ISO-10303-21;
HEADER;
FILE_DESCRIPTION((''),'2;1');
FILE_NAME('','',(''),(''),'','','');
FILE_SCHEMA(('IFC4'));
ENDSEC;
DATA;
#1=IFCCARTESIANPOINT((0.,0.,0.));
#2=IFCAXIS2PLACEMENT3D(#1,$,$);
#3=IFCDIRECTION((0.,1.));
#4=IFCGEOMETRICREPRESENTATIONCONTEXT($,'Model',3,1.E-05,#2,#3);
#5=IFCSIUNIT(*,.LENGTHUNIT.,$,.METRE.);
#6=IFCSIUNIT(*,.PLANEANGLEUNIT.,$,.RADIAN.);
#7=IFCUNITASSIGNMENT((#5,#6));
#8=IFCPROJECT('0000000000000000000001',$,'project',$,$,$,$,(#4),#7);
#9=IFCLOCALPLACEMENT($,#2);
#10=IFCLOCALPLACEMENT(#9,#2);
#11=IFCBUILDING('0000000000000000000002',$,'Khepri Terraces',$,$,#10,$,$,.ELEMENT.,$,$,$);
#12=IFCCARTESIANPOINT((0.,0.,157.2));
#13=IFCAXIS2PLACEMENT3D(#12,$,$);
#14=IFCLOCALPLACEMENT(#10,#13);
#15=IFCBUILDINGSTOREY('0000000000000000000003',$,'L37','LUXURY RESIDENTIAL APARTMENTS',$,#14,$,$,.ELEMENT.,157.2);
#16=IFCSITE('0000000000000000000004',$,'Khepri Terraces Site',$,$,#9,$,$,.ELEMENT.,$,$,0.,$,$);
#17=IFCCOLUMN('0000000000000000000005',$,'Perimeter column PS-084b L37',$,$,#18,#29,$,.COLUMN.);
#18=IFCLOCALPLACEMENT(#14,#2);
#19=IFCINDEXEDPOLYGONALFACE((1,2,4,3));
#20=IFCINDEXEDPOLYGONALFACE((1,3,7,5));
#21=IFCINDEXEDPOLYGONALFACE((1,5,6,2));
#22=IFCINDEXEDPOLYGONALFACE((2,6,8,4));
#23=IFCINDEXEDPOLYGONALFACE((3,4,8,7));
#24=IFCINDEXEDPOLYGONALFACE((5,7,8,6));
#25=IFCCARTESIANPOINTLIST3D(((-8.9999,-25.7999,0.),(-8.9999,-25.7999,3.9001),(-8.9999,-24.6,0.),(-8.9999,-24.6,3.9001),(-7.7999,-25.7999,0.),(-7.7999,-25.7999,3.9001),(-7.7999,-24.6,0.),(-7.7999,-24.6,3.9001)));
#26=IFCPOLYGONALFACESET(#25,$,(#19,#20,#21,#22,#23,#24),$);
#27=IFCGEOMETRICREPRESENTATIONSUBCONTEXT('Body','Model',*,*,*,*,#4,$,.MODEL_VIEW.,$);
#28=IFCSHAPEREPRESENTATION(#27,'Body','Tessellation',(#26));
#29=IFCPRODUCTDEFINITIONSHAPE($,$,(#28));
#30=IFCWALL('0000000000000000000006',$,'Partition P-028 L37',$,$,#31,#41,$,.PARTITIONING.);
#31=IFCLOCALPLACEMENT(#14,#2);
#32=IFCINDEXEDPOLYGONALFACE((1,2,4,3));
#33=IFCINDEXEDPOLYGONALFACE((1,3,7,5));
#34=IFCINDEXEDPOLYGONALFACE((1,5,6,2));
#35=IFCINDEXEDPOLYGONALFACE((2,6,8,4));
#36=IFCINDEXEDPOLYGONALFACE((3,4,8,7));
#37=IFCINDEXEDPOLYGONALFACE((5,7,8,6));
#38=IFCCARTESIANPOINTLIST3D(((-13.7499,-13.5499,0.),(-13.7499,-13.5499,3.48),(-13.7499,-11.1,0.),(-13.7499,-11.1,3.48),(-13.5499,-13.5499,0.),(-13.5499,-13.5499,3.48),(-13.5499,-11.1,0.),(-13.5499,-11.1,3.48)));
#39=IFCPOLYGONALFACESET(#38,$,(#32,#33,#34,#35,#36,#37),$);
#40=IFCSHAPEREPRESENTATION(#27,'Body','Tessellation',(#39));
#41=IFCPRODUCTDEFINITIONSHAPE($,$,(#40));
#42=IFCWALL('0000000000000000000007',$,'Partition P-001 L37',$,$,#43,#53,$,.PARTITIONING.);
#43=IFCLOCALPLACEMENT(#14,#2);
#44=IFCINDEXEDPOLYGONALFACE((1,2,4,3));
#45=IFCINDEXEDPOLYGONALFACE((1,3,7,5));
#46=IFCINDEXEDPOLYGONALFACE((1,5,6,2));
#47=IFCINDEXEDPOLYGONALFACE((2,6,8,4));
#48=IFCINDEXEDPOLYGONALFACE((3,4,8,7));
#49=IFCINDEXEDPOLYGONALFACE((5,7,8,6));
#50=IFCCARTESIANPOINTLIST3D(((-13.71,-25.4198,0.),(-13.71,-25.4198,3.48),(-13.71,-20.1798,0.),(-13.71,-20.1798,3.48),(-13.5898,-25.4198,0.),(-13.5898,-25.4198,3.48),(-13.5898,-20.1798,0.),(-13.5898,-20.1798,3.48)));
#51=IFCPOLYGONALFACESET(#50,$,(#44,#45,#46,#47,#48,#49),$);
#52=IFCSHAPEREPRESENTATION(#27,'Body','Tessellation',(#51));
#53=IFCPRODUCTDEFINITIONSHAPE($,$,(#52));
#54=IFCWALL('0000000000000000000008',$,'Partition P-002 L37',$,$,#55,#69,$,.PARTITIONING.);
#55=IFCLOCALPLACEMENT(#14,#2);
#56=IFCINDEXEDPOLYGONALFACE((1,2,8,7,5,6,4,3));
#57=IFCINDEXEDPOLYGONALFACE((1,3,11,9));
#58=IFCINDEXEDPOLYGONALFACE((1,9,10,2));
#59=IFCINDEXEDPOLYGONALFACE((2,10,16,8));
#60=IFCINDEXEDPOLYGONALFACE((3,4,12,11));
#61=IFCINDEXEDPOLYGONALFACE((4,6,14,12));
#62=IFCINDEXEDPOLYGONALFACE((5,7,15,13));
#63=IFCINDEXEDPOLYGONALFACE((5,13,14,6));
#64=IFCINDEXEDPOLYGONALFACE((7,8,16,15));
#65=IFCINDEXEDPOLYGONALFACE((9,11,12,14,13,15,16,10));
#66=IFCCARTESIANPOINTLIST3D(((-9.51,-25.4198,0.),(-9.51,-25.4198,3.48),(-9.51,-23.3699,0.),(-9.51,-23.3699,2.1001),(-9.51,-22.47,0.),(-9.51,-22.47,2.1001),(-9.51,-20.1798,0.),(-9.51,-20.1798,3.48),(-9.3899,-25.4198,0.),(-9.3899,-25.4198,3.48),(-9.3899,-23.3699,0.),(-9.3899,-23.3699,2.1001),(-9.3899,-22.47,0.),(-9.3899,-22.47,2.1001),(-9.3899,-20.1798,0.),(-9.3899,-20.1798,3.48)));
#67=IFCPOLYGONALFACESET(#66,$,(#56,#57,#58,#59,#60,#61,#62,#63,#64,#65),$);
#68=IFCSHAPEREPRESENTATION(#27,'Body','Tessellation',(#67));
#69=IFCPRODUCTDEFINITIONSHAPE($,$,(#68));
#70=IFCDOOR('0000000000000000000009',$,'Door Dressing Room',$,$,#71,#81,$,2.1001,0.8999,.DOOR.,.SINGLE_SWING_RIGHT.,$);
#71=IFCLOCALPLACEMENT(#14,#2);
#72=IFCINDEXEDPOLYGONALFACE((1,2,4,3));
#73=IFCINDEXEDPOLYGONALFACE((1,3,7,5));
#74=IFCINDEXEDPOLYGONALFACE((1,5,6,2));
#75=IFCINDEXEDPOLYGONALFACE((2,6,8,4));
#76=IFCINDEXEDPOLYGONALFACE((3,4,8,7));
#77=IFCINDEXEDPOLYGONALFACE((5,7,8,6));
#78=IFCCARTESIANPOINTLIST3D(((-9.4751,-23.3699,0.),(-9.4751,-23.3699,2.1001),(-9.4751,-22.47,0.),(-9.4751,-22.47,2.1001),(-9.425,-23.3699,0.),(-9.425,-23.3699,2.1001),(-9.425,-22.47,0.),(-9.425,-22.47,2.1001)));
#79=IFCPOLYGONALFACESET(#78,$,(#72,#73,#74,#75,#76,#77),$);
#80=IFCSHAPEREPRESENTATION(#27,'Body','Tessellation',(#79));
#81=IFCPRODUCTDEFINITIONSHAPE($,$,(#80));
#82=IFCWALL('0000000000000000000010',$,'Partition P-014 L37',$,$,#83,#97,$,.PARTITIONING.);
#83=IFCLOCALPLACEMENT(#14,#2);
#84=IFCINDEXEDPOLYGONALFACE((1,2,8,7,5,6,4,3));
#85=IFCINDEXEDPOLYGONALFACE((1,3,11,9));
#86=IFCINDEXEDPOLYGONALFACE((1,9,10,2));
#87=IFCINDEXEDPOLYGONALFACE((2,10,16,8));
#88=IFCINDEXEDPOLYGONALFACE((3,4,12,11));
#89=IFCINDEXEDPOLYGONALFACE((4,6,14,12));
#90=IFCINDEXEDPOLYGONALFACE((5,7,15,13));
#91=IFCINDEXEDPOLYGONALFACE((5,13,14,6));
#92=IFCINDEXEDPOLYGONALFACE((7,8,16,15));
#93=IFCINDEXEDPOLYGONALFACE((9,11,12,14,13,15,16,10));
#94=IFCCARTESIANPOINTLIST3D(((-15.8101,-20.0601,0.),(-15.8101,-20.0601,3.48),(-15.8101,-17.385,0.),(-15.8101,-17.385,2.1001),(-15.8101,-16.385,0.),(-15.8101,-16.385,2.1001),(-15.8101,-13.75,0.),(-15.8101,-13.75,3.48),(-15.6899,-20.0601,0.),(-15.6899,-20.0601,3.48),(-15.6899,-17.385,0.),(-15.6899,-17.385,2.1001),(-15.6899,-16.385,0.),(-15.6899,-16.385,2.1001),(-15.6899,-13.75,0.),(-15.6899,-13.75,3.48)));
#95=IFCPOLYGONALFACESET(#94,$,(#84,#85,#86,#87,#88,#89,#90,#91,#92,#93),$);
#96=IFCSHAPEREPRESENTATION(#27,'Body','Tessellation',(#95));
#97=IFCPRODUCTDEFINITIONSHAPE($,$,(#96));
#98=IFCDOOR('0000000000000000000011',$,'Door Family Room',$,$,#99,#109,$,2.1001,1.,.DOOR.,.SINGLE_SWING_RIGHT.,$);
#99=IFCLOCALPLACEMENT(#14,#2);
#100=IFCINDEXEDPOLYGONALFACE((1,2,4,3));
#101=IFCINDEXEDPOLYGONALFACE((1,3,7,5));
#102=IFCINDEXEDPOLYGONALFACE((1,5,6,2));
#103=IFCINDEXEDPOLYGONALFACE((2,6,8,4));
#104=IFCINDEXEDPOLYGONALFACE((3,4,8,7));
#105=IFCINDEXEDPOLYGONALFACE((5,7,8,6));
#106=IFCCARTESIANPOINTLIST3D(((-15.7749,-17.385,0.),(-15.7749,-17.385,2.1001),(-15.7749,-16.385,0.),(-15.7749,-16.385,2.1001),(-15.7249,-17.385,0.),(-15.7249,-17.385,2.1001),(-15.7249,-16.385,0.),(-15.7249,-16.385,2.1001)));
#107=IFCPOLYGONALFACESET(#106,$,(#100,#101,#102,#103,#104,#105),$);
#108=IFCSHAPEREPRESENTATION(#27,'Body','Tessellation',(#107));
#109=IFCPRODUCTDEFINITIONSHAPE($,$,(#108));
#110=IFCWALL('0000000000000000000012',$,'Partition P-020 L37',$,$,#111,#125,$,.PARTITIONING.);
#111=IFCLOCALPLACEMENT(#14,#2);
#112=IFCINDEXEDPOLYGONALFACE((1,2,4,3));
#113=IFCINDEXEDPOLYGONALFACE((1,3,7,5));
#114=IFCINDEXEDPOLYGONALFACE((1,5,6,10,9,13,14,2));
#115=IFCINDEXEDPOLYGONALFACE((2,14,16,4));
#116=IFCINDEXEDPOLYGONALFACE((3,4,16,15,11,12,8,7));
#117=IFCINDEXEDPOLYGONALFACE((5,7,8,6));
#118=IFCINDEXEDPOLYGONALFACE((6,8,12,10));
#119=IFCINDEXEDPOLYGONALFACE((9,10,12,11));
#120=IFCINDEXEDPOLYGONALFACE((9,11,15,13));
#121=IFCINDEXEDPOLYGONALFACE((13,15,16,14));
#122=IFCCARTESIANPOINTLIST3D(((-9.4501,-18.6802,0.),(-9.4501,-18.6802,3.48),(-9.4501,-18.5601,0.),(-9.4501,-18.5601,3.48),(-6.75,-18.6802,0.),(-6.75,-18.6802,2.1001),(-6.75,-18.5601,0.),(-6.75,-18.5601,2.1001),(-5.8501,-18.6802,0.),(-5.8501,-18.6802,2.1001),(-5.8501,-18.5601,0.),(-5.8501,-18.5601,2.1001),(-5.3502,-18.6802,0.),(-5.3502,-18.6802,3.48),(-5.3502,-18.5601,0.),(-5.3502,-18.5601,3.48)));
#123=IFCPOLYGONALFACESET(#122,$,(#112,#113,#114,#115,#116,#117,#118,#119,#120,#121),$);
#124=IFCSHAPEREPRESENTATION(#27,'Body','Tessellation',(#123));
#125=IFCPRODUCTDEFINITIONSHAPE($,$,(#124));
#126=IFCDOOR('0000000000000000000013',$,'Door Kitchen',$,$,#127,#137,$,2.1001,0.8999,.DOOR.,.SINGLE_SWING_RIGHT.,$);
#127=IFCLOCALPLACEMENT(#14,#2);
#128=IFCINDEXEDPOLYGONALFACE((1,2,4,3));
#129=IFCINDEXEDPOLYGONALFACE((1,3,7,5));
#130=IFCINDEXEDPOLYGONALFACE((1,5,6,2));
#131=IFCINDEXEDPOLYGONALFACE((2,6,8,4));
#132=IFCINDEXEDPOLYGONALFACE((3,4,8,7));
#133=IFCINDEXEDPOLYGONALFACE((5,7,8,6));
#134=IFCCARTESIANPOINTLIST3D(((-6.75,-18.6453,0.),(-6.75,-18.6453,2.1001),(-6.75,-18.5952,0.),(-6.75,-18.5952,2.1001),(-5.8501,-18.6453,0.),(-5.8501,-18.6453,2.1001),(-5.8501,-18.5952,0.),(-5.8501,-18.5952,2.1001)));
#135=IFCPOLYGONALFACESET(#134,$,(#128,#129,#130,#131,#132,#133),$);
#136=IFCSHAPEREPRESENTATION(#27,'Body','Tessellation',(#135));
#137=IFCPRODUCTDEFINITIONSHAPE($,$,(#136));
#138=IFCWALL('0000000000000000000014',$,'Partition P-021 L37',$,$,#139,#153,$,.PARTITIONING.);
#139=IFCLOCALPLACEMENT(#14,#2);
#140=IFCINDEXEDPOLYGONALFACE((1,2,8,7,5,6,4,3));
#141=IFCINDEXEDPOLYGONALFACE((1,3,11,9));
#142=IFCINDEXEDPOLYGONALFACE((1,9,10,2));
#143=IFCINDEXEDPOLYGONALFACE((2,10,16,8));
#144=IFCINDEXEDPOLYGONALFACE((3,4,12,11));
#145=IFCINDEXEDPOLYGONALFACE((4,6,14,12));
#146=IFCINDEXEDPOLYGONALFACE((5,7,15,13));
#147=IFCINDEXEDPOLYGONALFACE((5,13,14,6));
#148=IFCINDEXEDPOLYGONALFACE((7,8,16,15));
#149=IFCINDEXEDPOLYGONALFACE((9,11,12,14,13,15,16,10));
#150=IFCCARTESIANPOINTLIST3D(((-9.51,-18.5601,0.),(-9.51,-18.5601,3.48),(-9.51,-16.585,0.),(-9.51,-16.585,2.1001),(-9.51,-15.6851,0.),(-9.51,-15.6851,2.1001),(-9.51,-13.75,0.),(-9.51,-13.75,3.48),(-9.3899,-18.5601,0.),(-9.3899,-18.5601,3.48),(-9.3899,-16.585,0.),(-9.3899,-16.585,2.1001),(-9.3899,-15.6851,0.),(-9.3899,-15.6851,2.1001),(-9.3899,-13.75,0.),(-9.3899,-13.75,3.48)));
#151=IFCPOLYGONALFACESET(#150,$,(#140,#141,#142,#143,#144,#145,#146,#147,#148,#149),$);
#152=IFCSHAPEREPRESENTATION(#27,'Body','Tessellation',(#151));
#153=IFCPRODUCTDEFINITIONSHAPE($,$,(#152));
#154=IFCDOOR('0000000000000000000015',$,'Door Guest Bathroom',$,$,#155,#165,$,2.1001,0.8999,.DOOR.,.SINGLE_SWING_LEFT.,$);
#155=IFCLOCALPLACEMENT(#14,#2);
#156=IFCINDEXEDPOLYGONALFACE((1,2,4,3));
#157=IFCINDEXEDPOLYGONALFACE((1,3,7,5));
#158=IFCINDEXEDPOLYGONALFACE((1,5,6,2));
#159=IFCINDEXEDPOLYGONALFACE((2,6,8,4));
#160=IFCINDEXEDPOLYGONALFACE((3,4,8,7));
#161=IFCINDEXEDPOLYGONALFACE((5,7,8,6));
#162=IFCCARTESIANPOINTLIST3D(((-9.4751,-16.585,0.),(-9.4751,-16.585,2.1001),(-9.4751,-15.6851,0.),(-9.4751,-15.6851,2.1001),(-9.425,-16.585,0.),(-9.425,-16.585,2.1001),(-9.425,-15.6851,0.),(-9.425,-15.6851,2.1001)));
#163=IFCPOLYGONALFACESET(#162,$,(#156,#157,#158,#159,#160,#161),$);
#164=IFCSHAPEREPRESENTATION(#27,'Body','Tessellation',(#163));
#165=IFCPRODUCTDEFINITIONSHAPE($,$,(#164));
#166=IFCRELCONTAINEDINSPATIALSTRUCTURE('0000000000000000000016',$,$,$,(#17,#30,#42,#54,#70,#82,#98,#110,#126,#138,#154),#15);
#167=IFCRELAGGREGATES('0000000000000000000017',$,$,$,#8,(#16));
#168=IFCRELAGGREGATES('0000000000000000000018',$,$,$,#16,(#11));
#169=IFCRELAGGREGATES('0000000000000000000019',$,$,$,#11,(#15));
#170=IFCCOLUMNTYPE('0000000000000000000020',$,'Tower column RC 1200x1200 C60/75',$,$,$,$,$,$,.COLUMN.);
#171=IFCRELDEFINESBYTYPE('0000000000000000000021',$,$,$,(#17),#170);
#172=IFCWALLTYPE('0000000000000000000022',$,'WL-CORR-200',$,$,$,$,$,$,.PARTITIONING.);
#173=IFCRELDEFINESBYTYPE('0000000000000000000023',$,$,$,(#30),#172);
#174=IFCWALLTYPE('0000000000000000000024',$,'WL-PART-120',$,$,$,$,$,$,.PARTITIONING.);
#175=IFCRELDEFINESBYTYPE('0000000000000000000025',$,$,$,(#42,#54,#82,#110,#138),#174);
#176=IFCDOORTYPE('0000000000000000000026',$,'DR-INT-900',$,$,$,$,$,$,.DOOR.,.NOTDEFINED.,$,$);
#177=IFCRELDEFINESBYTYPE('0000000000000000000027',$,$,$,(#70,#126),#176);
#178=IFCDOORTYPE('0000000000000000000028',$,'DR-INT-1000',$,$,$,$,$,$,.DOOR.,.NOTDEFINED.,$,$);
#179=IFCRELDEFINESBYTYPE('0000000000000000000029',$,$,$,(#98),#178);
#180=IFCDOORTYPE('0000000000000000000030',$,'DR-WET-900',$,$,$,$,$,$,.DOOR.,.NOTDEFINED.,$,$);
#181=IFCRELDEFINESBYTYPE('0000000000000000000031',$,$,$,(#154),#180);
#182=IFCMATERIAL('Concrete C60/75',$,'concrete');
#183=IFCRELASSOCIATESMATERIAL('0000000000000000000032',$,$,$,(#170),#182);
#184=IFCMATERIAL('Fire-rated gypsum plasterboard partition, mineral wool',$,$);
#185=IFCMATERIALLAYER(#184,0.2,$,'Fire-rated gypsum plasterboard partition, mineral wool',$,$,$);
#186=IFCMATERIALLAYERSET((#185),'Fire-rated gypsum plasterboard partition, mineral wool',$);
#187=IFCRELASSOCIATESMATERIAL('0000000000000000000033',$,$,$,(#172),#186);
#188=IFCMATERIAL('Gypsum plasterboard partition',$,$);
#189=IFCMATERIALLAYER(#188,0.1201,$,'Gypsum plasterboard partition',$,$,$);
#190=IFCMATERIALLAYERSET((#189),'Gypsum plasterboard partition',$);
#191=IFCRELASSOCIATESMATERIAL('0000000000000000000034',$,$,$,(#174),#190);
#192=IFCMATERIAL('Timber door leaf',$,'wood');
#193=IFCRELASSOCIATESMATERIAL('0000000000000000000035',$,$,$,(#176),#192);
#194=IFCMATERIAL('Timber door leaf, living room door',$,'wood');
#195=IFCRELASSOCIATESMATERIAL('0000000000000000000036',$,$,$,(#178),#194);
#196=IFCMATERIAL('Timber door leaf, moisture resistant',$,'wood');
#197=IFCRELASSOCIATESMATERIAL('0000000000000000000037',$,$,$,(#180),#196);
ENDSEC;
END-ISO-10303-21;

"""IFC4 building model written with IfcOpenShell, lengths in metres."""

from ifc_helpers import new_model, si_unit, direction, frame, frame_2d, origin, origin_2d, place, context, subcontext, project, spatial, rectangle, extrude, material, layer, layer_set, material_profile, profile_set, type_object, element, fill, save


model = new_model("IFC4")

# Units and contexts
model_context = context("Model", 3, precision=1e-05, world=origin(), true_north=direction((0.0, 1.0)))
body_context = subcontext(model_context, "Body", "Model", "MODEL_VIEW")
ifc_project = project(units=[si_unit("LENGTHUNIT", "METRE"), si_unit("PLANEANGLEUNIT", "RADIAN")], contexts=[model_context])

# Site, building, storey
site_placement = place(None, origin())
site = spatial("IfcSite", under=ifc_project, at=site_placement, Name="Khepri Terraces Site", CompositionType="ELEMENT", RefElevation=0.0)
building_placement = place(site_placement, origin())
building = spatial("IfcBuilding", under=site, at=building_placement, Name="Khepri Terraces", CompositionType="ELEMENT")
storey_placement = place(building_placement, frame((0.0, 0.0, 157.2)))
storey = spatial("IfcBuildingStorey", under=building, at=storey_placement, Name="L37", Description="LUXURY RESIDENTIAL APARTMENTS", CompositionType="ELEMENT", Elevation=157.2)

# Column
ifc_material_1 = material(Name="Concrete C60/75", Category="concrete")
ifc_material_profile = material_profile(ifc_material_1, rectangle(XDim=1.2, YDim=1.2, at=origin_2d()), Name="Concrete C60/75", Category="concrete")
ifc_profile_set = profile_set([ifc_material_profile], Name="Concrete C60/75")
column_type = type_object("IfcColumnType", Name="Tower column RC 1200x1200 C60/75", PredefinedType="COLUMN", material=ifc_profile_set)
column_placement = place(storey_placement, frame((-8.3999, -25.2, 0.0), z_axis=(0.0, 0.0, 1.0), x_axis=(1.0, 0.0, 0.0)))
element("IfcColumn", 1, at=column_placement, inside=storey, type_object=column_type, Name="Perimeter column PS-084b L37", PredefinedType="COLUMN", context=body_context, shape_type="SweptSolid", body=[
    extrude(rectangle(XDim=1.2, YDim=1.2, at=origin_2d()), origin(), (0.0, 0.0, 1.0), 3.9001),
])

# Wall
ifc_material_2 = material(Name="Fire-rated gypsum plasterboard partition, mineral wool")
ifc_layer_1 = layer(ifc_material_2, 0.2, Name="Fire-rated gypsum plasterboard partition, mineral wool")
ifc_layer_set_1 = layer_set([ifc_layer_1], Name="Fire-rated gypsum plasterboard partition, mineral wool")
wall_type_1 = type_object("IfcWallType", Name="WL-CORR-200", PredefinedType="PARTITIONING", material=ifc_layer_set_1)
wall_1_placement = place(storey_placement, frame((-13.6499, -13.55, 0.0), z_axis=(0.0, 0.0, 1.0), x_axis=(0.0, 1.0, 0.0)))
element("IfcWall", 2, at=wall_1_placement, inside=storey, type_object=wall_type_1, Name="Partition P-028 L37", PredefinedType="PARTITIONING", context=body_context, shape_type="SweptSolid", body=[
    extrude(rectangle(XDim=2.45, YDim=0.2, at=frame_2d((1.2251, 0.0))), origin(), (0.0, 0.0, 1.0), 3.48),
])

# Wall
ifc_material_3 = material(Name="Gypsum plasterboard partition")
ifc_layer_2 = layer(ifc_material_3, 0.1201, Name="Gypsum plasterboard partition")
ifc_layer_set_2 = layer_set([ifc_layer_2], Name="Gypsum plasterboard partition")
wall_type_2 = type_object("IfcWallType", Name="WL-PART-120", PredefinedType="PARTITIONING", material=ifc_layer_set_2)
wall_2_placement = place(storey_placement, frame((-13.6499, -25.4199, 0.0), z_axis=(0.0, 0.0, 1.0), x_axis=(0.0, 1.0, 0.0)))
element("IfcWall", 3, at=wall_2_placement, inside=storey, type_object=wall_type_2, Name="Partition P-001 L37", PredefinedType="PARTITIONING", context=body_context, shape_type="SweptSolid", body=[
    extrude(rectangle(XDim=5.24, YDim=0.1201, at=frame_2d((2.6201, 0.0))), origin(), (0.0, 0.0, 1.0), 3.48),
])

# Walls, openings, doors
wall_3_placement = place(storey_placement, frame((-9.45, -25.4199, 0.0), z_axis=(0.0, 0.0, 1.0), x_axis=(0.0, 1.0, 0.0)))
wall_3 = element("IfcWall", 4, at=wall_3_placement, inside=storey, type_object=wall_type_2, Name="Partition P-002 L37", PredefinedType="PARTITIONING", context=body_context, shape_type="SweptSolid", body=[
    extrude(rectangle(XDim=5.24, YDim=0.1201, at=frame_2d((2.6201, 0.0))), origin(), (0.0, 0.0, 1.0), 3.48),
])
opening_1_placement = place(wall_3_placement, frame((2.05, 0.0, 0.0)))
opening_1 = element("IfcOpeningElement", 5, at=opening_1_placement, cuts=wall_3, PredefinedType="OPENING", context=body_context, shape_type="SweptSolid", body=[
    extrude(rectangle(XDim=0.8999, YDim=2.1001, at=frame_2d((0.45, 1.05))), frame((0.0, 0.0701, 0.0), z_axis=(0.0, -1.0, 0.0), x_axis=(1.0, 0.0, 0.0)), (0.0, 0.0, 1.0), 0.1401),
])
ifc_material_4 = material(Name="Timber door leaf", Category="wood")
door_type_1 = type_object("IfcDoorType", Name="DR-INT-900", OperationType="NOTDEFINED", PredefinedType="DOOR", material=ifc_material_4)
door_1_placement = place(opening_1_placement, frame((0.8999, 0.0, 0.0), z_axis=(0.0, 0.0, 1.0), x_axis=(-1.0, 0.0, 0.0)))
door_1 = element("IfcDoor", 6, at=door_1_placement, inside=storey, type_object=door_type_1, Name="Door Dressing Room", OperationType="SINGLE_SWING_RIGHT", OverallHeight=2.1001, OverallWidth=0.8999, PredefinedType="DOOR", context=body_context, shape_type="SweptSolid", body=[
    extrude(rectangle(XDim=0.8999, YDim=2.1001, at=frame_2d((0.45, 1.05))), frame((0.0, 0.0249, 0.0), z_axis=(0.0, -1.0, 0.0), x_axis=(1.0, 0.0, 0.0)), (0.0, 0.0, 1.0), 0.05),
])
fill(opening_1, door_1)
wall_4_placement = place(storey_placement, frame((-15.75, -20.0601, 0.0), z_axis=(0.0, 0.0, 1.0), x_axis=(0.0, 1.0, 0.0)))
wall_4 = element("IfcWall", 7, at=wall_4_placement, inside=storey, type_object=wall_type_2, Name="Partition P-014 L37", PredefinedType="PARTITIONING", context=body_context, shape_type="SweptSolid", body=[
    extrude(rectangle(XDim=6.3101, YDim=0.1201, at=frame_2d((3.155, 0.0))), origin(), (0.0, 0.0, 1.0), 3.48),
])
opening_2_placement = place(wall_4_placement, frame((2.675, 0.0, 0.0)))
opening_2 = element("IfcOpeningElement", 8, at=opening_2_placement, cuts=wall_4, PredefinedType="OPENING", context=body_context, shape_type="SweptSolid", body=[
    extrude(rectangle(XDim=1.0, YDim=2.1001, at=frame_2d((0.5, 1.05))), frame((0.0, 0.0701, 0.0), z_axis=(0.0, -1.0, 0.0), x_axis=(1.0, 0.0, 0.0)), (0.0, 0.0, 1.0), 0.1401),
])
ifc_material_5 = material(Name="Timber door leaf, living room door", Category="wood")
door_type_2 = type_object("IfcDoorType", Name="DR-INT-1000", OperationType="NOTDEFINED", PredefinedType="DOOR", material=ifc_material_5)
door_2_placement = place(opening_2_placement, origin())
door_2 = element("IfcDoor", 9, at=door_2_placement, inside=storey, type_object=door_type_2, Name="Door Family Room", OperationType="SINGLE_SWING_RIGHT", OverallHeight=2.1001, OverallWidth=1.0, PredefinedType="DOOR", context=body_context, shape_type="SweptSolid", body=[
    extrude(rectangle(XDim=1.0, YDim=2.1001, at=frame_2d((0.5, 1.05))), frame((0.0, 0.0249, 0.0), z_axis=(0.0, -1.0, 0.0), x_axis=(1.0, 0.0, 0.0)), (0.0, 0.0, 1.0), 0.05),
])
fill(opening_2, door_2)
wall_5_placement = place(storey_placement, frame((-9.45, -18.6201, 0.0), z_axis=(0.0, 0.0, 1.0), x_axis=(1.0, 0.0, 0.0)))
wall_5 = element("IfcWall", 10, at=wall_5_placement, inside=storey, type_object=wall_type_2, Name="Partition P-020 L37", PredefinedType="PARTITIONING", context=body_context, shape_type="SweptSolid", body=[
    extrude(rectangle(XDim=4.0999, YDim=0.1201, at=frame_2d((2.0498, 0.0))), origin(), (0.0, 0.0, 1.0), 3.48),
])
opening_3_placement = place(wall_5_placement, frame((2.7, 0.0, 0.0)))
opening_3 = element("IfcOpeningElement", 11, at=opening_3_placement, cuts=wall_5, PredefinedType="OPENING", context=body_context, shape_type="SweptSolid", body=[
    extrude(rectangle(XDim=0.8999, YDim=2.1001, at=frame_2d((0.45, 1.05))), frame((0.0, 0.0701, 0.0), z_axis=(0.0, -1.0, 0.0), x_axis=(1.0, 0.0, 0.0)), (0.0, 0.0, 1.0), 0.1401),
])
door_3_placement = place(opening_3_placement, origin())
door_3 = element("IfcDoor", 12, at=door_3_placement, inside=storey, type_object=door_type_1, Name="Door Kitchen", OperationType="SINGLE_SWING_RIGHT", OverallHeight=2.1001, OverallWidth=0.8999, PredefinedType="DOOR", context=body_context, shape_type="SweptSolid", body=[
    extrude(rectangle(XDim=0.8999, YDim=2.1001, at=frame_2d((0.45, 1.05))), frame((0.0, 0.0249, 0.0), z_axis=(0.0, -1.0, 0.0), x_axis=(1.0, 0.0, 0.0)), (0.0, 0.0, 1.0), 0.05),
])
fill(opening_3, door_3)
wall_6_placement = place(storey_placement, frame((-9.45, -18.5601, 0.0), z_axis=(0.0, 0.0, 1.0), x_axis=(0.0, 1.0, 0.0)))
wall_6 = element("IfcWall", 13, at=wall_6_placement, inside=storey, type_object=wall_type_2, Name="Partition P-021 L37", PredefinedType="PARTITIONING", context=body_context, shape_type="SweptSolid", body=[
    extrude(rectangle(XDim=4.8101, YDim=0.1201, at=frame_2d((2.405, 0.0))), origin(), (0.0, 0.0, 1.0), 3.48),
])
opening_4_placement = place(wall_6_placement, frame((1.9751, 0.0, 0.0)))
opening_4 = element("IfcOpeningElement", 14, at=opening_4_placement, cuts=wall_6, PredefinedType="OPENING", context=body_context, shape_type="SweptSolid", body=[
    extrude(rectangle(XDim=0.8999, YDim=2.1001, at=frame_2d((0.45, 1.05))), frame((0.0, 0.0701, 0.0), z_axis=(0.0, -1.0, 0.0), x_axis=(1.0, 0.0, 0.0)), (0.0, 0.0, 1.0), 0.1401),
])
ifc_material_6 = material(Name="Timber door leaf, moisture resistant", Category="wood")
door_type_3 = type_object("IfcDoorType", Name="DR-WET-900", OperationType="NOTDEFINED", PredefinedType="DOOR", material=ifc_material_6)
door_4_placement = place(opening_4_placement, frame((0.8999, 0.0, 0.0), z_axis=(0.0, 0.0, 1.0), x_axis=(-1.0, 0.0, 0.0)))
door_4 = element("IfcDoor", 15, at=door_4_placement, inside=storey, type_object=door_type_3, Name="Door Guest Bathroom", OperationType="SINGLE_SWING_LEFT", OverallHeight=2.1001, OverallWidth=0.8999, PredefinedType="DOOR", context=body_context, shape_type="SweptSolid", body=[
    extrude(rectangle(XDim=0.8999, YDim=2.1001, at=frame_2d((0.45, 1.05))), frame((0.0, 0.0249, 0.0), z_axis=(0.0, -1.0, 0.0), x_axis=(1.0, 0.0, 0.0)), (0.0, 0.0, 1.0), 0.05),
])
fill(opening_4, door_4)

save(model, "model.ifc")
